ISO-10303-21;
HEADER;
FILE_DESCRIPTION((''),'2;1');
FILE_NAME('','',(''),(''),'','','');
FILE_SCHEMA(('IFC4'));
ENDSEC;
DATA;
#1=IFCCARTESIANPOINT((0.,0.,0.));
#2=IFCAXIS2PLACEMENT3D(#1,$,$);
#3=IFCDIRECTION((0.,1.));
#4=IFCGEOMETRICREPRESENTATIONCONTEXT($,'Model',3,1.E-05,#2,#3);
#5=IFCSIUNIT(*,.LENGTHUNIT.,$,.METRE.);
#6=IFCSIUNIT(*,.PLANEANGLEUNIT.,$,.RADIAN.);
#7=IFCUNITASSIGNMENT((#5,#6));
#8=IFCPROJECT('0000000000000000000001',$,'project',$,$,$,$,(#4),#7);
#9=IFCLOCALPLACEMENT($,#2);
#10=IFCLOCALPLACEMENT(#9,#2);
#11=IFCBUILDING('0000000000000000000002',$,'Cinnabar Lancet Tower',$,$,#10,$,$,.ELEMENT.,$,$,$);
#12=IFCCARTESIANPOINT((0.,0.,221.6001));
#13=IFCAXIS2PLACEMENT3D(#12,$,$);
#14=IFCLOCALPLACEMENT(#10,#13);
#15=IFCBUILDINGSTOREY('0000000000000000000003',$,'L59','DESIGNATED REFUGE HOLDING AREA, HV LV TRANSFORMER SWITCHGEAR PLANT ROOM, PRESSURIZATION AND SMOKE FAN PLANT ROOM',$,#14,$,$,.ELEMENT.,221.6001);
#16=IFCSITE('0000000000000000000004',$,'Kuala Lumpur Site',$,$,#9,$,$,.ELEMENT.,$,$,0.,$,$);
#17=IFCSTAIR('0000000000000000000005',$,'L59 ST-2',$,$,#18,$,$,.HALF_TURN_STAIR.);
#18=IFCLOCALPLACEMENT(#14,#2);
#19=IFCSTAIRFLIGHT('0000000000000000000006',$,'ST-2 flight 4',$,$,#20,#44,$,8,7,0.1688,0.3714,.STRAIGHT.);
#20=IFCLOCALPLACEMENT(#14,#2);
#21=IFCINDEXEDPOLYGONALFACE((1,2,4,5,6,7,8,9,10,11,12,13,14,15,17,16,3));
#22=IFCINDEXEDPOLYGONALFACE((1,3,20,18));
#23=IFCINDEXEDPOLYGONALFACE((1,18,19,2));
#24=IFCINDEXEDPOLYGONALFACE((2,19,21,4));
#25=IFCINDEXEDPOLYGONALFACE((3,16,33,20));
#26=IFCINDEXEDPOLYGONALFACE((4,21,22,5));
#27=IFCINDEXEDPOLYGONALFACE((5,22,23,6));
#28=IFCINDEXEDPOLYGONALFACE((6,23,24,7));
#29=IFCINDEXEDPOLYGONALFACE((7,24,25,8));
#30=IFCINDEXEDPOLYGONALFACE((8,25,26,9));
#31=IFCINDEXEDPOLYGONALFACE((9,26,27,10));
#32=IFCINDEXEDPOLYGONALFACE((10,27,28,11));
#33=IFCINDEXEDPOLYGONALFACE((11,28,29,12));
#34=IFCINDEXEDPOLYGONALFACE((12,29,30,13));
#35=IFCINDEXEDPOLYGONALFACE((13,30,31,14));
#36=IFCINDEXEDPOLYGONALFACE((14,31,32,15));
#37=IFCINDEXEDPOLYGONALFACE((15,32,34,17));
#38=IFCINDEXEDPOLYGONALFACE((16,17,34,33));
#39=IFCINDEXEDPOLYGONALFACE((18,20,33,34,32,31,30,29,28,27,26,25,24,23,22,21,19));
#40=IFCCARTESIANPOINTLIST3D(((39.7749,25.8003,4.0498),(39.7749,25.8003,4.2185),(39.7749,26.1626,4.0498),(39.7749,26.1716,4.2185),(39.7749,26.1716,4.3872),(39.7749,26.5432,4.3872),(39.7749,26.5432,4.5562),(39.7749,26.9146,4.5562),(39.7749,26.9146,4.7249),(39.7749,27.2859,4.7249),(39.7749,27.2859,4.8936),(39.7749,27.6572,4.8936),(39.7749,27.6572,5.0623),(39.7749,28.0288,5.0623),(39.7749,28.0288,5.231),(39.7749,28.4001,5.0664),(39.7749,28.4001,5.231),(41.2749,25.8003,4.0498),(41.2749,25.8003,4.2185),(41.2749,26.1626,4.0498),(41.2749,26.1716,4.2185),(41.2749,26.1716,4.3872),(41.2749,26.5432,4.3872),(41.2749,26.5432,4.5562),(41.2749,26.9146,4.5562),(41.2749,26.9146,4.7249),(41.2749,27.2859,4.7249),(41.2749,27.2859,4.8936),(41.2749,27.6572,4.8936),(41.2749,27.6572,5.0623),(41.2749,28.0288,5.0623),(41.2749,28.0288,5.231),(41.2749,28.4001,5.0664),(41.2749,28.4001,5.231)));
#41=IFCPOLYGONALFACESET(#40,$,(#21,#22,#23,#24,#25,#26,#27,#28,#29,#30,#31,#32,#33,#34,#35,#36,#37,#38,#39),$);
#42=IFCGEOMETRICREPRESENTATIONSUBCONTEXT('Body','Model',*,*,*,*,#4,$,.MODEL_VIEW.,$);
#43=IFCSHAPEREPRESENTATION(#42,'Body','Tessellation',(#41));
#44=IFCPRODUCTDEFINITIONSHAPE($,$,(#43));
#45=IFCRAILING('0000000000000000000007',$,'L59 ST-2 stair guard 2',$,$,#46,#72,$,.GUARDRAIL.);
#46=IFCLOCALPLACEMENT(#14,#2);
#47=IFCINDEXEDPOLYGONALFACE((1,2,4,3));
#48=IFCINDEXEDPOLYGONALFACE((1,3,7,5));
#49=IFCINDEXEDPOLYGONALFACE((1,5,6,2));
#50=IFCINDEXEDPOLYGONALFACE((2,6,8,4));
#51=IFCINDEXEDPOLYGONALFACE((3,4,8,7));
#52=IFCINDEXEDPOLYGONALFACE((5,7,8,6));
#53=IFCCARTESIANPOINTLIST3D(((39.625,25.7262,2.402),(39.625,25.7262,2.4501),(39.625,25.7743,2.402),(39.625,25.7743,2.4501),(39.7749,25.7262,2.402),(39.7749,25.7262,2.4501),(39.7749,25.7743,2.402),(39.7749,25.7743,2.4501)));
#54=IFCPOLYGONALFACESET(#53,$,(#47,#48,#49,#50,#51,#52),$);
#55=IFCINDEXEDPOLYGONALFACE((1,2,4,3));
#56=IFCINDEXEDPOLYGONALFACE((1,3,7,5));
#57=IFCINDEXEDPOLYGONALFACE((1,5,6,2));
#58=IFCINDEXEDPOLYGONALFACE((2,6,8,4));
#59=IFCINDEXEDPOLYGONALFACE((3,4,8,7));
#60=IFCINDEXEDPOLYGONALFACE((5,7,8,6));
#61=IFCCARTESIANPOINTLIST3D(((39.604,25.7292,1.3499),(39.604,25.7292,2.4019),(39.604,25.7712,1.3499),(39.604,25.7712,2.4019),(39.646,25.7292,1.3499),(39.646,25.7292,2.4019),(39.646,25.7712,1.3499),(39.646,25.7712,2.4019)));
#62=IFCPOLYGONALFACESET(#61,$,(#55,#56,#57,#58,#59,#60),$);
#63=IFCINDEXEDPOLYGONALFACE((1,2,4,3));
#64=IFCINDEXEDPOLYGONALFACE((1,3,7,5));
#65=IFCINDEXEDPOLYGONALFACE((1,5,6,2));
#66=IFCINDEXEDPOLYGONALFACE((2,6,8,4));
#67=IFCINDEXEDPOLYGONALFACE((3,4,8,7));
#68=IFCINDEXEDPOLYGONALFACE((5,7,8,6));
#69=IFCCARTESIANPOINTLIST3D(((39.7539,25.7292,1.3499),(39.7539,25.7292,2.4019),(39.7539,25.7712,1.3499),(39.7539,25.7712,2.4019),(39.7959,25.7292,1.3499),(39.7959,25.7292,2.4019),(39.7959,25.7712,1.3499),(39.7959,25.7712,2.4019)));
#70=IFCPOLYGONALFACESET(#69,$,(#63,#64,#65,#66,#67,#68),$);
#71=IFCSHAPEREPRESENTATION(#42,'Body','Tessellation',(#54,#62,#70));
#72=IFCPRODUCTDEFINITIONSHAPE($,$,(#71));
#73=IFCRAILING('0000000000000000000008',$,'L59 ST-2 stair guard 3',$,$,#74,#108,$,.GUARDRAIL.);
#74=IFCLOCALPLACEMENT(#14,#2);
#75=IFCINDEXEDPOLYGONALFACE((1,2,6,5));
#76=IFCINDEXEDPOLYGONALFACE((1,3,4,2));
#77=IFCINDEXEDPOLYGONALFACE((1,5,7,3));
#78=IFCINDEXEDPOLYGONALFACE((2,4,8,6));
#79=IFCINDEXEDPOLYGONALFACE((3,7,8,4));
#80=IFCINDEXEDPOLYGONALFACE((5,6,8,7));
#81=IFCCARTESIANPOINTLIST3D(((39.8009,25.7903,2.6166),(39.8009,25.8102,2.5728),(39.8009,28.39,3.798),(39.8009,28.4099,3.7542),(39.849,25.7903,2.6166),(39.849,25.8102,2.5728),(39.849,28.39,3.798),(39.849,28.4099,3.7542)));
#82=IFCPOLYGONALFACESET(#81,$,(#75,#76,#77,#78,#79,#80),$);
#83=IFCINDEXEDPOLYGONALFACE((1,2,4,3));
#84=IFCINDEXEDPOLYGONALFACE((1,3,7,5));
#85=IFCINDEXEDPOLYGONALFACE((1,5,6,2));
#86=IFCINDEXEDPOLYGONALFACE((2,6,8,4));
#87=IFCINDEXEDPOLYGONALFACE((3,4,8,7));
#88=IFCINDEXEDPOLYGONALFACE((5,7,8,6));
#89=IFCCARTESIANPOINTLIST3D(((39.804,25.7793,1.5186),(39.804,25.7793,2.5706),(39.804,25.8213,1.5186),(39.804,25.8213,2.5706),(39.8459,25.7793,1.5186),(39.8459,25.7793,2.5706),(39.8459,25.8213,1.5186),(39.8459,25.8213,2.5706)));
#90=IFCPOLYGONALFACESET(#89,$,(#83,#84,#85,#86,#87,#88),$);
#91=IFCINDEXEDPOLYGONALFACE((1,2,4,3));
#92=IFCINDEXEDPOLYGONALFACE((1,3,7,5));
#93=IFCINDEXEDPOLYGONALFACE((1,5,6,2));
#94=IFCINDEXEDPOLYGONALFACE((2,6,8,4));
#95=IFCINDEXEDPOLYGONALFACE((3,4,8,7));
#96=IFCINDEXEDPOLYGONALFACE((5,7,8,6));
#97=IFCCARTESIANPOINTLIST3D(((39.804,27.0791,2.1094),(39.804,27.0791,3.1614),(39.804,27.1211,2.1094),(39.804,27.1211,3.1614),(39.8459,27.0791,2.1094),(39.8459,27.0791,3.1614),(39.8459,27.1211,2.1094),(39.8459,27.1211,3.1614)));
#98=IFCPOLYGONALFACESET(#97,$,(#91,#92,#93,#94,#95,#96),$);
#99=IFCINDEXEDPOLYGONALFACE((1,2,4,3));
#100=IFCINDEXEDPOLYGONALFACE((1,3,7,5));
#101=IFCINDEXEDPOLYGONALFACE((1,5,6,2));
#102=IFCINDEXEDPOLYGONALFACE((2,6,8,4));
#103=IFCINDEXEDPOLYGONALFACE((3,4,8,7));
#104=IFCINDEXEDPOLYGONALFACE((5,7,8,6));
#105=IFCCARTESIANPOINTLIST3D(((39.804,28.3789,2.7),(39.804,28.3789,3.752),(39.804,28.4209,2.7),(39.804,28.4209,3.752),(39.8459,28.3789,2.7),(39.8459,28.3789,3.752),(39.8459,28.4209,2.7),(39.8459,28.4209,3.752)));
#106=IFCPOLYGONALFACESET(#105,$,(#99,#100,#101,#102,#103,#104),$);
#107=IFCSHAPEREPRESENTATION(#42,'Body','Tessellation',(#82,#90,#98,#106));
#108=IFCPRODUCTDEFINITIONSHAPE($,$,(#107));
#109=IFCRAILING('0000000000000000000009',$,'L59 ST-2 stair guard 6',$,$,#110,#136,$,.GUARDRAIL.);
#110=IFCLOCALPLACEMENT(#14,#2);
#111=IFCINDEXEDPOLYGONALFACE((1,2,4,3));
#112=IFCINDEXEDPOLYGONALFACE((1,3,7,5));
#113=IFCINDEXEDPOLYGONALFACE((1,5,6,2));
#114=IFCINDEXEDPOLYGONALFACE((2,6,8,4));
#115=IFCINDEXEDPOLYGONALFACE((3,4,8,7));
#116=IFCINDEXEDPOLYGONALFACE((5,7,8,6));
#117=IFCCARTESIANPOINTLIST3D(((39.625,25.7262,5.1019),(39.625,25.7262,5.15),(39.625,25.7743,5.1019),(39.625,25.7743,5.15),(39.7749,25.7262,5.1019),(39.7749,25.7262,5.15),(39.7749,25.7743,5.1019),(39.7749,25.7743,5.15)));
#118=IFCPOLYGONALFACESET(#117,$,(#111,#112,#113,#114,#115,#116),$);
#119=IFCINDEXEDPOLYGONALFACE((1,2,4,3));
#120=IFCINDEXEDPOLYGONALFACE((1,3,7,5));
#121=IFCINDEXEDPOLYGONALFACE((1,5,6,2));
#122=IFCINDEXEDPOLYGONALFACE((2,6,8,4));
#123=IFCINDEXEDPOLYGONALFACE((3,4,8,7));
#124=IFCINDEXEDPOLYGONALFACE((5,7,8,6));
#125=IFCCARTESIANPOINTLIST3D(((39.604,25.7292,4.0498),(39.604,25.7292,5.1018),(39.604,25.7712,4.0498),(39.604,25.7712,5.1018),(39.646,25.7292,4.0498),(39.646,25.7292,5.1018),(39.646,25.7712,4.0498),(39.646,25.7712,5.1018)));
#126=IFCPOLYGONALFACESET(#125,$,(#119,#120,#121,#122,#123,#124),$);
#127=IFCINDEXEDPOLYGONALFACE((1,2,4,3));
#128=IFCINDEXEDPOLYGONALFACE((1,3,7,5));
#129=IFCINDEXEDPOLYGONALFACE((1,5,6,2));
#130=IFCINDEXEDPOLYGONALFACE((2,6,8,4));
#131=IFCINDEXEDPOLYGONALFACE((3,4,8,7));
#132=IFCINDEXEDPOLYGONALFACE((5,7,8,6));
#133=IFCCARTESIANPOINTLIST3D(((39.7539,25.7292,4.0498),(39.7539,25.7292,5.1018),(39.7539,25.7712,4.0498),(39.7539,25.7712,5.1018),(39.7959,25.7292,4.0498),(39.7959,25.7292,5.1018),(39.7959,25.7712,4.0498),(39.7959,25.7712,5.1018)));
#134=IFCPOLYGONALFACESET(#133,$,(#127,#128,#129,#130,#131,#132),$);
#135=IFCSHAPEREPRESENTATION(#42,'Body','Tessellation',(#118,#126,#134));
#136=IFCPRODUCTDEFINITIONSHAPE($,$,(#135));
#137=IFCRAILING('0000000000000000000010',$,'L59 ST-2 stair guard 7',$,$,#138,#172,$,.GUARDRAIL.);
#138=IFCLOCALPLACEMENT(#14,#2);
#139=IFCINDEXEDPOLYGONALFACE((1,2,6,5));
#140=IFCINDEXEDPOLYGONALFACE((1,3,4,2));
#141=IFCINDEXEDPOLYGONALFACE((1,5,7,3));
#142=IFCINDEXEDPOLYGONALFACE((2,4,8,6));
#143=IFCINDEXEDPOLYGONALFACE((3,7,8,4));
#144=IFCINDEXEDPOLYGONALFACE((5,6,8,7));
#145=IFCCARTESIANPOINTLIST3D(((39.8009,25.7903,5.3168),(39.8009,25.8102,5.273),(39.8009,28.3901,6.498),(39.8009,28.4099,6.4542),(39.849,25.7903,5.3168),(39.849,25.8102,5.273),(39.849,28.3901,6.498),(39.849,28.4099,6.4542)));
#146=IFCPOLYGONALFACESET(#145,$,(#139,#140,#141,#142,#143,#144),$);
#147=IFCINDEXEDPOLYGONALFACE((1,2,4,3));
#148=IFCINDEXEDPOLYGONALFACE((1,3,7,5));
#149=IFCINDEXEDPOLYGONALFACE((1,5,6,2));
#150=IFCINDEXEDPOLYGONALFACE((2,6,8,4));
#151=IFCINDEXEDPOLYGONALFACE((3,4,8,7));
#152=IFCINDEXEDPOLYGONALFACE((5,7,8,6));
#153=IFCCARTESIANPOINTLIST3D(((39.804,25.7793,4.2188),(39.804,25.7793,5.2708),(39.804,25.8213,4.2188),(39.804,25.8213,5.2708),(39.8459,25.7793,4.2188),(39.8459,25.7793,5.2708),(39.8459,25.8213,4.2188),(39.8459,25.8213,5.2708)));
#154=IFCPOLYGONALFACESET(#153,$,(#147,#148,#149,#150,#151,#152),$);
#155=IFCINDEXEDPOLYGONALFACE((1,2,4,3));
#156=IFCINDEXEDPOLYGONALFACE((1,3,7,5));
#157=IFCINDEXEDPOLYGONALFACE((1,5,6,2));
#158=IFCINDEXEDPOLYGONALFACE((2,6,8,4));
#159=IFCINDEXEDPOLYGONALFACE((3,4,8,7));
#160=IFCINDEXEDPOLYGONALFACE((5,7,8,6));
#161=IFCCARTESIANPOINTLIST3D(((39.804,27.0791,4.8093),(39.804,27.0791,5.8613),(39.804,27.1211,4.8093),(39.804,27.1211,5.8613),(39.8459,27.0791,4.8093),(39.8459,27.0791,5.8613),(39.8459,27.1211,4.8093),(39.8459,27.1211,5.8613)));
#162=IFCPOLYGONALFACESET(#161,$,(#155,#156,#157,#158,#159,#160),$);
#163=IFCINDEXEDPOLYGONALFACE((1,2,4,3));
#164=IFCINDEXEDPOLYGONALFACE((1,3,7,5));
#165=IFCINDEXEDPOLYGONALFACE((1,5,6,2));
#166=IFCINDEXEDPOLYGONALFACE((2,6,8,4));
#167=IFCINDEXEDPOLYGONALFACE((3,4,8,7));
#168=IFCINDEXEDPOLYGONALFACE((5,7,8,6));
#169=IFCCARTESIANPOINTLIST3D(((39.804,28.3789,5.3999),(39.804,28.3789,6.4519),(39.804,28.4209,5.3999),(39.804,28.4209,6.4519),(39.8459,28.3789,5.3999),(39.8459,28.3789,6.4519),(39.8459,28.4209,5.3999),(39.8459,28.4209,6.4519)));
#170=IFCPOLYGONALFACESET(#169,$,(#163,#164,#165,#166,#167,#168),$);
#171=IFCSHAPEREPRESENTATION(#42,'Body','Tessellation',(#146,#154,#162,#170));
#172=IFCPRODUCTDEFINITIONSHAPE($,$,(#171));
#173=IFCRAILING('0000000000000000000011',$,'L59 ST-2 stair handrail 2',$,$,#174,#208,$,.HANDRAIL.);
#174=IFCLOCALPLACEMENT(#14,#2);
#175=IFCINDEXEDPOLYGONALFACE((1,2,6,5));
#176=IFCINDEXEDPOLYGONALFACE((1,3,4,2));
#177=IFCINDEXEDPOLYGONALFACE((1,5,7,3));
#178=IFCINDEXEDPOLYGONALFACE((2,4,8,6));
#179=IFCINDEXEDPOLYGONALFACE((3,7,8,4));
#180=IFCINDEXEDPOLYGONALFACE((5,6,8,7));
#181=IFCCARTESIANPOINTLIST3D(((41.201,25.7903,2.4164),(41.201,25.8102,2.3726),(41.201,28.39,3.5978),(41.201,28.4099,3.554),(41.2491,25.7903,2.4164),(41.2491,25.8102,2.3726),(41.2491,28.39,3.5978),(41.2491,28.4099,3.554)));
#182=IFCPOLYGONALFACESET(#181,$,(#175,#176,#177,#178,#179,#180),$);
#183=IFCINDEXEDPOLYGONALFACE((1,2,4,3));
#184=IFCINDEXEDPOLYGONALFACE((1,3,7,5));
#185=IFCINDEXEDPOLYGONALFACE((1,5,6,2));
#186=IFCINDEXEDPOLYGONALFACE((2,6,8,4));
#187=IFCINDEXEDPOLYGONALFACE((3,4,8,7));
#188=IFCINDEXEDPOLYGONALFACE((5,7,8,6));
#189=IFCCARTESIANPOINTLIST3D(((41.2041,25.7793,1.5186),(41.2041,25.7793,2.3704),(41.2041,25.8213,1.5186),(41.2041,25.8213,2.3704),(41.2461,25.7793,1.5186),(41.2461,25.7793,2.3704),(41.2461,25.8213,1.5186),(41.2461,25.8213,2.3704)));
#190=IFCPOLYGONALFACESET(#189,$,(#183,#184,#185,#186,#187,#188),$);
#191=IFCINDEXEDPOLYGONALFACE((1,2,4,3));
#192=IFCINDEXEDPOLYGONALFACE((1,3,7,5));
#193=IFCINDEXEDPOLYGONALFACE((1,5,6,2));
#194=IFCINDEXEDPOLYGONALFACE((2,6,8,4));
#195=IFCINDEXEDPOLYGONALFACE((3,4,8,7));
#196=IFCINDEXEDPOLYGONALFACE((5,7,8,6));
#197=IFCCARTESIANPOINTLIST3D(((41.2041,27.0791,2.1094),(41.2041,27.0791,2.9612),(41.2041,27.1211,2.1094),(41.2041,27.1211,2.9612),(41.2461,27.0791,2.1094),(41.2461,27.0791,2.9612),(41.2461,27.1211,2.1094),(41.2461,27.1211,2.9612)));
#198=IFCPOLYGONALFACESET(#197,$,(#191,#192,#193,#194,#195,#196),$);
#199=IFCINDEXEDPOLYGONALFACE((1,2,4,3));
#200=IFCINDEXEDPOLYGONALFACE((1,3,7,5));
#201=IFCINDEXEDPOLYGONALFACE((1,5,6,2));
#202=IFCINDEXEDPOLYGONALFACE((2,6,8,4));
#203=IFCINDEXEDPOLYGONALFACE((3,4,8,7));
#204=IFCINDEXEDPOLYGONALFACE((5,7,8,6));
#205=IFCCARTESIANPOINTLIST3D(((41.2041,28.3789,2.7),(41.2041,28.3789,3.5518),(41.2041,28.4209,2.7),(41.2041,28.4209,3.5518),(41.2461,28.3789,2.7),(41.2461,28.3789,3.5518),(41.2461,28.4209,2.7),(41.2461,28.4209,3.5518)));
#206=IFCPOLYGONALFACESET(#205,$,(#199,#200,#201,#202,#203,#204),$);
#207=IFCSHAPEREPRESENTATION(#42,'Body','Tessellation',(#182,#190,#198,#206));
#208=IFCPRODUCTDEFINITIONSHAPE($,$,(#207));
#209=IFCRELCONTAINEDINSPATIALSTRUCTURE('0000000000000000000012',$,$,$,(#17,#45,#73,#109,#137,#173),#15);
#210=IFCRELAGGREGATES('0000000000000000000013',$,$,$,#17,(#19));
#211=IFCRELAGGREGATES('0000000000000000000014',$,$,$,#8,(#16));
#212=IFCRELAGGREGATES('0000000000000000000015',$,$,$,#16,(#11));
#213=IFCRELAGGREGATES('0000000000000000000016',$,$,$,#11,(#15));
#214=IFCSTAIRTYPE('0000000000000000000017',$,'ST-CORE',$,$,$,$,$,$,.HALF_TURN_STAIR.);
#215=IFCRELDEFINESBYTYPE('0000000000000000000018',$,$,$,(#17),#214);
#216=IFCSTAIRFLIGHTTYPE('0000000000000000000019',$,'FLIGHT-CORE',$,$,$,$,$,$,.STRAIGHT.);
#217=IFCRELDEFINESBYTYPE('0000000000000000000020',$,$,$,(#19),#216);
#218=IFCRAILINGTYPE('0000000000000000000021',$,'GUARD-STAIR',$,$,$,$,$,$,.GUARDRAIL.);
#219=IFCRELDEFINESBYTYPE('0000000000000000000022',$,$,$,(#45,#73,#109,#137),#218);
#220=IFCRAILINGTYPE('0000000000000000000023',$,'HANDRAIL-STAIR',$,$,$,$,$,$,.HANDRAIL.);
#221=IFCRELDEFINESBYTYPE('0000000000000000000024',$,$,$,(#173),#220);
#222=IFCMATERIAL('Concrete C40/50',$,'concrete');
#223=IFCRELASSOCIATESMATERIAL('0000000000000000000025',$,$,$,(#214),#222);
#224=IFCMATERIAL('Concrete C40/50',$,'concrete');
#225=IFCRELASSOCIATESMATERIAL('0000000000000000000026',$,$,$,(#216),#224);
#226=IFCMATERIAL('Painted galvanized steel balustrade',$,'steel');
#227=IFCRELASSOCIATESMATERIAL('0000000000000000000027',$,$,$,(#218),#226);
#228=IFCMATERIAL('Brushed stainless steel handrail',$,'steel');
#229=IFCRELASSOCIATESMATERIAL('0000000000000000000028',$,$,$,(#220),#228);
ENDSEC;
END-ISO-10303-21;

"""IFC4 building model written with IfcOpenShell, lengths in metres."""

from ifc_helpers import new_model, si_unit, direction, frame, origin, origin_2d, place, context, subcontext, project, spatial, polyline, rectangle, outline, extrude, material, type_object, element, aggregate, save


model = new_model("IFC4")

# Units and contexts
model_context = context("Model", 3, precision=1e-05, world=origin(), true_north=direction((0.0, 1.0)))
body_context = subcontext(model_context, "Body", "Model", "MODEL_VIEW")
ifc_project = project(units=[si_unit("LENGTHUNIT", "METRE"), si_unit("PLANEANGLEUNIT", "RADIAN")], contexts=[model_context])

# Site, building, storey
site_placement = place(None, origin())
site = spatial("IfcSite", under=ifc_project, at=site_placement, Name="Kuala Lumpur Site", CompositionType="ELEMENT", RefElevation=0.0)
building_placement = place(site_placement, origin())
building = spatial("IfcBuilding", under=site, at=building_placement, Name="Cinnabar Lancet Tower", CompositionType="ELEMENT")
storey_placement = place(building_placement, frame((0.0, 0.0, 221.6001)))
storey = spatial("IfcBuildingStorey", under=building, at=storey_placement, Name="L59", Description="DESIGNATED REFUGE HOLDING AREA, HV LV TRANSFORMER SWITCHGEAR PLANT ROOM, PRESSURIZATION AND SMOKE FAN PLANT ROOM", CompositionType="ELEMENT", Elevation=221.6001)

# Stair, stair flight
ifc_material_1 = material(Name="Concrete C40/50", Category="concrete")
stair_type = type_object("IfcStairType", Name="ST-CORE", PredefinedType="HALF_TURN_STAIR", material=ifc_material_1)
stair_placement = place(storey_placement, origin())
stair = element("IfcStair", 1, at=stair_placement, inside=storey, type_object=stair_type, Name="L59 ST-2", PredefinedType="HALF_TURN_STAIR")
ifc_material_2 = material(Name="Concrete C40/50", Category="concrete")
stair_flight_type = type_object("IfcStairFlightType", Name="FLIGHT-CORE", PredefinedType="STRAIGHT", material=ifc_material_2)
stair_flight_1_placement = place(storey_placement, frame((40.5249, 25.8003, 4.0498), z_axis=(0.0, 0.0, 1.0), x_axis=(0.0, 1.0, 0.0)))
stair_flight_1 = element("IfcStairFlight", 2, at=stair_flight_1_placement, type_object=stair_flight_type, Name="ST-2 flight 4", NumberOfRisers=8, NumberOfTreads=7, PredefinedType="STRAIGHT", RiserHeight=0.1688, TreadLength=0.3714, context=body_context, shape_type="SweptSolid", body=[
    extrude(outline(polyline([(0.0, 0.0), (0.0, 0.1687), (0.3713, 0.1687), (0.3713, 0.3374), (0.7429, 0.3374), (0.7429, 0.5063), (1.1143, 0.5063), (1.1143, 0.675), (1.4856, 0.675), (1.4856, 0.8438), (1.8569, 0.8438), (1.8569, 1.0125), (2.2285, 1.0125), (2.2285, 1.1812), (2.5999, 1.1812), (2.5999, 1.3501), (2.5999, 1.0166), (0.3623, 0.0), (0.0, 0.0)])), frame((0.0, 0.75, 0.0), z_axis=(0.0, -1.0, 0.0), x_axis=(1.0, 0.0, 0.0)), (0.0, 0.0, 1.0), 1.5),
])
aggregate(stair, [stair_flight_1])

# Railings
ifc_material_3 = material(Name="Painted galvanized steel balustrade", Category="steel")
railing_type_1 = type_object("IfcRailingType", Name="GUARD-STAIR", PredefinedType="GUARDRAIL", material=ifc_material_3)
railing_1_placement = place(storey_placement, frame((39.625, 25.7502, 1.3499)))
element("IfcRailing", 3, at=railing_1_placement, inside=storey, type_object=railing_type_1, Name="L59 ST-2 stair guard 2", PredefinedType="GUARDRAIL", context=body_context, shape_type="SweptSolid", body=[
    extrude(rectangle(XDim=0.0481, YDim=0.0481, at=origin_2d()), frame((0.0, 0.0, 1.0762), z_axis=(1.0, 0.0, 0.0), x_axis=(0.0, 1.0, 0.0)), (0.0, 0.0, 1.0), 0.1499),
    extrude(rectangle(XDim=0.042, YDim=0.042, at=origin_2d()), origin(), (0.0, 0.0, 1.0), 1.052),
    extrude(rectangle(XDim=0.042, YDim=0.042, at=origin_2d()), frame((0.1499, 0.0, 0.0)), (0.0, 0.0, 1.0), 1.052),
])
railing_2_placement = place(storey_placement, frame((39.825, 25.8003, 1.5186)))
element("IfcRailing", 4, at=railing_2_placement, inside=storey, type_object=railing_type_1, Name="L59 ST-2 stair guard 3", PredefinedType="GUARDRAIL", context=body_context, shape_type="SweptSolid", body=[
    extrude(rectangle(XDim=0.0481, YDim=0.0481, at=origin_2d()), frame((0.0, 0.0, 1.0762), z_axis=(0.0, 0.910399, 0.413732), x_axis=(-1.0, 0.0, 0.0)), (0.0, 0.0, 1.0), 2.8555),
    extrude(rectangle(XDim=0.042, YDim=0.042, at=origin_2d()), origin(), (0.0, 0.0, 1.0), 1.052),
    extrude(rectangle(XDim=0.042, YDim=0.042, at=origin_2d()), frame((0.0, 1.2998, 0.5908)), (0.0, 0.0, 1.0), 1.052),
    extrude(rectangle(XDim=0.042, YDim=0.042, at=origin_2d()), frame((0.0, 2.5996, 1.1814)), (0.0, 0.0, 1.0), 1.052),
])
railing_3_placement = place(storey_placement, frame((39.625, 25.7502, 4.0498)))
element("IfcRailing", 5, at=railing_3_placement, inside=storey, type_object=railing_type_1, Name="L59 ST-2 stair guard 6", PredefinedType="GUARDRAIL", context=body_context, shape_type="SweptSolid", body=[
    extrude(rectangle(XDim=0.0481, YDim=0.0481, at=origin_2d()), frame((0.0, 0.0, 1.0762), z_axis=(1.0, 0.0, 0.0), x_axis=(0.0, 1.0, 0.0)), (0.0, 0.0, 1.0), 0.1499),
    extrude(rectangle(XDim=0.042, YDim=0.042, at=origin_2d()), origin(), (0.0, 0.0, 1.0), 1.052),
    extrude(rectangle(XDim=0.042, YDim=0.042, at=origin_2d()), frame((0.1499, 0.0, 0.0)), (0.0, 0.0, 1.0), 1.052),
])
railing_4_placement = place(storey_placement, frame((39.825, 25.8003, 4.2188)))
element("IfcRailing", 6, at=railing_4_placement, inside=storey, type_object=railing_type_1, Name="L59 ST-2 stair guard 7", PredefinedType="GUARDRAIL", context=body_context, shape_type="SweptSolid", body=[
    extrude(rectangle(XDim=0.0481, YDim=0.0481, at=origin_2d()), frame((0.0, 0.0, 1.0762), z_axis=(0.0, 0.910431, 0.413661), x_axis=(-1.0, 0.0, 0.0)), (0.0, 0.0, 1.0), 2.8555),
    extrude(rectangle(XDim=0.042, YDim=0.042, at=origin_2d()), origin(), (0.0, 0.0, 1.0), 1.052),
    extrude(rectangle(XDim=0.042, YDim=0.042, at=origin_2d()), frame((0.0, 1.2998, 0.5906)), (0.0, 0.0, 1.0), 1.052),
    extrude(rectangle(XDim=0.042, YDim=0.042, at=origin_2d()), frame((0.0, 2.5996, 1.1812)), (0.0, 0.0, 1.0), 1.052),
])
ifc_material_4 = material(Name="Brushed stainless steel handrail", Category="steel")
railing_type_2 = type_object("IfcRailingType", Name="HANDRAIL-STAIR", PredefinedType="HANDRAIL", material=ifc_material_4)
railing_5_placement = place(storey_placement, frame((41.2251, 25.8003, 1.5186)))
element("IfcRailing", 7, at=railing_5_placement, inside=storey, type_object=railing_type_2, Name="L59 ST-2 stair handrail 2", PredefinedType="HANDRAIL", context=body_context, shape_type="SweptSolid", body=[
    extrude(rectangle(XDim=0.0481, YDim=0.0481, at=origin_2d()), frame((0.0, 0.0, 0.876), z_axis=(0.0, 0.910399, 0.413732), x_axis=(-1.0, 0.0, 0.0)), (0.0, 0.0, 1.0), 2.8555),
    extrude(rectangle(XDim=0.042, YDim=0.042, at=origin_2d()), origin(), (0.0, 0.0, 1.0), 0.8518),
    extrude(rectangle(XDim=0.042, YDim=0.042, at=origin_2d()), frame((0.0, 1.2998, 0.5908)), (0.0, 0.0, 1.0), 0.8518),
    extrude(rectangle(XDim=0.042, YDim=0.042, at=origin_2d()), frame((0.0, 2.5996, 1.1814)), (0.0, 0.0, 1.0), 0.8518),
])

save(model, "model.ifc")
